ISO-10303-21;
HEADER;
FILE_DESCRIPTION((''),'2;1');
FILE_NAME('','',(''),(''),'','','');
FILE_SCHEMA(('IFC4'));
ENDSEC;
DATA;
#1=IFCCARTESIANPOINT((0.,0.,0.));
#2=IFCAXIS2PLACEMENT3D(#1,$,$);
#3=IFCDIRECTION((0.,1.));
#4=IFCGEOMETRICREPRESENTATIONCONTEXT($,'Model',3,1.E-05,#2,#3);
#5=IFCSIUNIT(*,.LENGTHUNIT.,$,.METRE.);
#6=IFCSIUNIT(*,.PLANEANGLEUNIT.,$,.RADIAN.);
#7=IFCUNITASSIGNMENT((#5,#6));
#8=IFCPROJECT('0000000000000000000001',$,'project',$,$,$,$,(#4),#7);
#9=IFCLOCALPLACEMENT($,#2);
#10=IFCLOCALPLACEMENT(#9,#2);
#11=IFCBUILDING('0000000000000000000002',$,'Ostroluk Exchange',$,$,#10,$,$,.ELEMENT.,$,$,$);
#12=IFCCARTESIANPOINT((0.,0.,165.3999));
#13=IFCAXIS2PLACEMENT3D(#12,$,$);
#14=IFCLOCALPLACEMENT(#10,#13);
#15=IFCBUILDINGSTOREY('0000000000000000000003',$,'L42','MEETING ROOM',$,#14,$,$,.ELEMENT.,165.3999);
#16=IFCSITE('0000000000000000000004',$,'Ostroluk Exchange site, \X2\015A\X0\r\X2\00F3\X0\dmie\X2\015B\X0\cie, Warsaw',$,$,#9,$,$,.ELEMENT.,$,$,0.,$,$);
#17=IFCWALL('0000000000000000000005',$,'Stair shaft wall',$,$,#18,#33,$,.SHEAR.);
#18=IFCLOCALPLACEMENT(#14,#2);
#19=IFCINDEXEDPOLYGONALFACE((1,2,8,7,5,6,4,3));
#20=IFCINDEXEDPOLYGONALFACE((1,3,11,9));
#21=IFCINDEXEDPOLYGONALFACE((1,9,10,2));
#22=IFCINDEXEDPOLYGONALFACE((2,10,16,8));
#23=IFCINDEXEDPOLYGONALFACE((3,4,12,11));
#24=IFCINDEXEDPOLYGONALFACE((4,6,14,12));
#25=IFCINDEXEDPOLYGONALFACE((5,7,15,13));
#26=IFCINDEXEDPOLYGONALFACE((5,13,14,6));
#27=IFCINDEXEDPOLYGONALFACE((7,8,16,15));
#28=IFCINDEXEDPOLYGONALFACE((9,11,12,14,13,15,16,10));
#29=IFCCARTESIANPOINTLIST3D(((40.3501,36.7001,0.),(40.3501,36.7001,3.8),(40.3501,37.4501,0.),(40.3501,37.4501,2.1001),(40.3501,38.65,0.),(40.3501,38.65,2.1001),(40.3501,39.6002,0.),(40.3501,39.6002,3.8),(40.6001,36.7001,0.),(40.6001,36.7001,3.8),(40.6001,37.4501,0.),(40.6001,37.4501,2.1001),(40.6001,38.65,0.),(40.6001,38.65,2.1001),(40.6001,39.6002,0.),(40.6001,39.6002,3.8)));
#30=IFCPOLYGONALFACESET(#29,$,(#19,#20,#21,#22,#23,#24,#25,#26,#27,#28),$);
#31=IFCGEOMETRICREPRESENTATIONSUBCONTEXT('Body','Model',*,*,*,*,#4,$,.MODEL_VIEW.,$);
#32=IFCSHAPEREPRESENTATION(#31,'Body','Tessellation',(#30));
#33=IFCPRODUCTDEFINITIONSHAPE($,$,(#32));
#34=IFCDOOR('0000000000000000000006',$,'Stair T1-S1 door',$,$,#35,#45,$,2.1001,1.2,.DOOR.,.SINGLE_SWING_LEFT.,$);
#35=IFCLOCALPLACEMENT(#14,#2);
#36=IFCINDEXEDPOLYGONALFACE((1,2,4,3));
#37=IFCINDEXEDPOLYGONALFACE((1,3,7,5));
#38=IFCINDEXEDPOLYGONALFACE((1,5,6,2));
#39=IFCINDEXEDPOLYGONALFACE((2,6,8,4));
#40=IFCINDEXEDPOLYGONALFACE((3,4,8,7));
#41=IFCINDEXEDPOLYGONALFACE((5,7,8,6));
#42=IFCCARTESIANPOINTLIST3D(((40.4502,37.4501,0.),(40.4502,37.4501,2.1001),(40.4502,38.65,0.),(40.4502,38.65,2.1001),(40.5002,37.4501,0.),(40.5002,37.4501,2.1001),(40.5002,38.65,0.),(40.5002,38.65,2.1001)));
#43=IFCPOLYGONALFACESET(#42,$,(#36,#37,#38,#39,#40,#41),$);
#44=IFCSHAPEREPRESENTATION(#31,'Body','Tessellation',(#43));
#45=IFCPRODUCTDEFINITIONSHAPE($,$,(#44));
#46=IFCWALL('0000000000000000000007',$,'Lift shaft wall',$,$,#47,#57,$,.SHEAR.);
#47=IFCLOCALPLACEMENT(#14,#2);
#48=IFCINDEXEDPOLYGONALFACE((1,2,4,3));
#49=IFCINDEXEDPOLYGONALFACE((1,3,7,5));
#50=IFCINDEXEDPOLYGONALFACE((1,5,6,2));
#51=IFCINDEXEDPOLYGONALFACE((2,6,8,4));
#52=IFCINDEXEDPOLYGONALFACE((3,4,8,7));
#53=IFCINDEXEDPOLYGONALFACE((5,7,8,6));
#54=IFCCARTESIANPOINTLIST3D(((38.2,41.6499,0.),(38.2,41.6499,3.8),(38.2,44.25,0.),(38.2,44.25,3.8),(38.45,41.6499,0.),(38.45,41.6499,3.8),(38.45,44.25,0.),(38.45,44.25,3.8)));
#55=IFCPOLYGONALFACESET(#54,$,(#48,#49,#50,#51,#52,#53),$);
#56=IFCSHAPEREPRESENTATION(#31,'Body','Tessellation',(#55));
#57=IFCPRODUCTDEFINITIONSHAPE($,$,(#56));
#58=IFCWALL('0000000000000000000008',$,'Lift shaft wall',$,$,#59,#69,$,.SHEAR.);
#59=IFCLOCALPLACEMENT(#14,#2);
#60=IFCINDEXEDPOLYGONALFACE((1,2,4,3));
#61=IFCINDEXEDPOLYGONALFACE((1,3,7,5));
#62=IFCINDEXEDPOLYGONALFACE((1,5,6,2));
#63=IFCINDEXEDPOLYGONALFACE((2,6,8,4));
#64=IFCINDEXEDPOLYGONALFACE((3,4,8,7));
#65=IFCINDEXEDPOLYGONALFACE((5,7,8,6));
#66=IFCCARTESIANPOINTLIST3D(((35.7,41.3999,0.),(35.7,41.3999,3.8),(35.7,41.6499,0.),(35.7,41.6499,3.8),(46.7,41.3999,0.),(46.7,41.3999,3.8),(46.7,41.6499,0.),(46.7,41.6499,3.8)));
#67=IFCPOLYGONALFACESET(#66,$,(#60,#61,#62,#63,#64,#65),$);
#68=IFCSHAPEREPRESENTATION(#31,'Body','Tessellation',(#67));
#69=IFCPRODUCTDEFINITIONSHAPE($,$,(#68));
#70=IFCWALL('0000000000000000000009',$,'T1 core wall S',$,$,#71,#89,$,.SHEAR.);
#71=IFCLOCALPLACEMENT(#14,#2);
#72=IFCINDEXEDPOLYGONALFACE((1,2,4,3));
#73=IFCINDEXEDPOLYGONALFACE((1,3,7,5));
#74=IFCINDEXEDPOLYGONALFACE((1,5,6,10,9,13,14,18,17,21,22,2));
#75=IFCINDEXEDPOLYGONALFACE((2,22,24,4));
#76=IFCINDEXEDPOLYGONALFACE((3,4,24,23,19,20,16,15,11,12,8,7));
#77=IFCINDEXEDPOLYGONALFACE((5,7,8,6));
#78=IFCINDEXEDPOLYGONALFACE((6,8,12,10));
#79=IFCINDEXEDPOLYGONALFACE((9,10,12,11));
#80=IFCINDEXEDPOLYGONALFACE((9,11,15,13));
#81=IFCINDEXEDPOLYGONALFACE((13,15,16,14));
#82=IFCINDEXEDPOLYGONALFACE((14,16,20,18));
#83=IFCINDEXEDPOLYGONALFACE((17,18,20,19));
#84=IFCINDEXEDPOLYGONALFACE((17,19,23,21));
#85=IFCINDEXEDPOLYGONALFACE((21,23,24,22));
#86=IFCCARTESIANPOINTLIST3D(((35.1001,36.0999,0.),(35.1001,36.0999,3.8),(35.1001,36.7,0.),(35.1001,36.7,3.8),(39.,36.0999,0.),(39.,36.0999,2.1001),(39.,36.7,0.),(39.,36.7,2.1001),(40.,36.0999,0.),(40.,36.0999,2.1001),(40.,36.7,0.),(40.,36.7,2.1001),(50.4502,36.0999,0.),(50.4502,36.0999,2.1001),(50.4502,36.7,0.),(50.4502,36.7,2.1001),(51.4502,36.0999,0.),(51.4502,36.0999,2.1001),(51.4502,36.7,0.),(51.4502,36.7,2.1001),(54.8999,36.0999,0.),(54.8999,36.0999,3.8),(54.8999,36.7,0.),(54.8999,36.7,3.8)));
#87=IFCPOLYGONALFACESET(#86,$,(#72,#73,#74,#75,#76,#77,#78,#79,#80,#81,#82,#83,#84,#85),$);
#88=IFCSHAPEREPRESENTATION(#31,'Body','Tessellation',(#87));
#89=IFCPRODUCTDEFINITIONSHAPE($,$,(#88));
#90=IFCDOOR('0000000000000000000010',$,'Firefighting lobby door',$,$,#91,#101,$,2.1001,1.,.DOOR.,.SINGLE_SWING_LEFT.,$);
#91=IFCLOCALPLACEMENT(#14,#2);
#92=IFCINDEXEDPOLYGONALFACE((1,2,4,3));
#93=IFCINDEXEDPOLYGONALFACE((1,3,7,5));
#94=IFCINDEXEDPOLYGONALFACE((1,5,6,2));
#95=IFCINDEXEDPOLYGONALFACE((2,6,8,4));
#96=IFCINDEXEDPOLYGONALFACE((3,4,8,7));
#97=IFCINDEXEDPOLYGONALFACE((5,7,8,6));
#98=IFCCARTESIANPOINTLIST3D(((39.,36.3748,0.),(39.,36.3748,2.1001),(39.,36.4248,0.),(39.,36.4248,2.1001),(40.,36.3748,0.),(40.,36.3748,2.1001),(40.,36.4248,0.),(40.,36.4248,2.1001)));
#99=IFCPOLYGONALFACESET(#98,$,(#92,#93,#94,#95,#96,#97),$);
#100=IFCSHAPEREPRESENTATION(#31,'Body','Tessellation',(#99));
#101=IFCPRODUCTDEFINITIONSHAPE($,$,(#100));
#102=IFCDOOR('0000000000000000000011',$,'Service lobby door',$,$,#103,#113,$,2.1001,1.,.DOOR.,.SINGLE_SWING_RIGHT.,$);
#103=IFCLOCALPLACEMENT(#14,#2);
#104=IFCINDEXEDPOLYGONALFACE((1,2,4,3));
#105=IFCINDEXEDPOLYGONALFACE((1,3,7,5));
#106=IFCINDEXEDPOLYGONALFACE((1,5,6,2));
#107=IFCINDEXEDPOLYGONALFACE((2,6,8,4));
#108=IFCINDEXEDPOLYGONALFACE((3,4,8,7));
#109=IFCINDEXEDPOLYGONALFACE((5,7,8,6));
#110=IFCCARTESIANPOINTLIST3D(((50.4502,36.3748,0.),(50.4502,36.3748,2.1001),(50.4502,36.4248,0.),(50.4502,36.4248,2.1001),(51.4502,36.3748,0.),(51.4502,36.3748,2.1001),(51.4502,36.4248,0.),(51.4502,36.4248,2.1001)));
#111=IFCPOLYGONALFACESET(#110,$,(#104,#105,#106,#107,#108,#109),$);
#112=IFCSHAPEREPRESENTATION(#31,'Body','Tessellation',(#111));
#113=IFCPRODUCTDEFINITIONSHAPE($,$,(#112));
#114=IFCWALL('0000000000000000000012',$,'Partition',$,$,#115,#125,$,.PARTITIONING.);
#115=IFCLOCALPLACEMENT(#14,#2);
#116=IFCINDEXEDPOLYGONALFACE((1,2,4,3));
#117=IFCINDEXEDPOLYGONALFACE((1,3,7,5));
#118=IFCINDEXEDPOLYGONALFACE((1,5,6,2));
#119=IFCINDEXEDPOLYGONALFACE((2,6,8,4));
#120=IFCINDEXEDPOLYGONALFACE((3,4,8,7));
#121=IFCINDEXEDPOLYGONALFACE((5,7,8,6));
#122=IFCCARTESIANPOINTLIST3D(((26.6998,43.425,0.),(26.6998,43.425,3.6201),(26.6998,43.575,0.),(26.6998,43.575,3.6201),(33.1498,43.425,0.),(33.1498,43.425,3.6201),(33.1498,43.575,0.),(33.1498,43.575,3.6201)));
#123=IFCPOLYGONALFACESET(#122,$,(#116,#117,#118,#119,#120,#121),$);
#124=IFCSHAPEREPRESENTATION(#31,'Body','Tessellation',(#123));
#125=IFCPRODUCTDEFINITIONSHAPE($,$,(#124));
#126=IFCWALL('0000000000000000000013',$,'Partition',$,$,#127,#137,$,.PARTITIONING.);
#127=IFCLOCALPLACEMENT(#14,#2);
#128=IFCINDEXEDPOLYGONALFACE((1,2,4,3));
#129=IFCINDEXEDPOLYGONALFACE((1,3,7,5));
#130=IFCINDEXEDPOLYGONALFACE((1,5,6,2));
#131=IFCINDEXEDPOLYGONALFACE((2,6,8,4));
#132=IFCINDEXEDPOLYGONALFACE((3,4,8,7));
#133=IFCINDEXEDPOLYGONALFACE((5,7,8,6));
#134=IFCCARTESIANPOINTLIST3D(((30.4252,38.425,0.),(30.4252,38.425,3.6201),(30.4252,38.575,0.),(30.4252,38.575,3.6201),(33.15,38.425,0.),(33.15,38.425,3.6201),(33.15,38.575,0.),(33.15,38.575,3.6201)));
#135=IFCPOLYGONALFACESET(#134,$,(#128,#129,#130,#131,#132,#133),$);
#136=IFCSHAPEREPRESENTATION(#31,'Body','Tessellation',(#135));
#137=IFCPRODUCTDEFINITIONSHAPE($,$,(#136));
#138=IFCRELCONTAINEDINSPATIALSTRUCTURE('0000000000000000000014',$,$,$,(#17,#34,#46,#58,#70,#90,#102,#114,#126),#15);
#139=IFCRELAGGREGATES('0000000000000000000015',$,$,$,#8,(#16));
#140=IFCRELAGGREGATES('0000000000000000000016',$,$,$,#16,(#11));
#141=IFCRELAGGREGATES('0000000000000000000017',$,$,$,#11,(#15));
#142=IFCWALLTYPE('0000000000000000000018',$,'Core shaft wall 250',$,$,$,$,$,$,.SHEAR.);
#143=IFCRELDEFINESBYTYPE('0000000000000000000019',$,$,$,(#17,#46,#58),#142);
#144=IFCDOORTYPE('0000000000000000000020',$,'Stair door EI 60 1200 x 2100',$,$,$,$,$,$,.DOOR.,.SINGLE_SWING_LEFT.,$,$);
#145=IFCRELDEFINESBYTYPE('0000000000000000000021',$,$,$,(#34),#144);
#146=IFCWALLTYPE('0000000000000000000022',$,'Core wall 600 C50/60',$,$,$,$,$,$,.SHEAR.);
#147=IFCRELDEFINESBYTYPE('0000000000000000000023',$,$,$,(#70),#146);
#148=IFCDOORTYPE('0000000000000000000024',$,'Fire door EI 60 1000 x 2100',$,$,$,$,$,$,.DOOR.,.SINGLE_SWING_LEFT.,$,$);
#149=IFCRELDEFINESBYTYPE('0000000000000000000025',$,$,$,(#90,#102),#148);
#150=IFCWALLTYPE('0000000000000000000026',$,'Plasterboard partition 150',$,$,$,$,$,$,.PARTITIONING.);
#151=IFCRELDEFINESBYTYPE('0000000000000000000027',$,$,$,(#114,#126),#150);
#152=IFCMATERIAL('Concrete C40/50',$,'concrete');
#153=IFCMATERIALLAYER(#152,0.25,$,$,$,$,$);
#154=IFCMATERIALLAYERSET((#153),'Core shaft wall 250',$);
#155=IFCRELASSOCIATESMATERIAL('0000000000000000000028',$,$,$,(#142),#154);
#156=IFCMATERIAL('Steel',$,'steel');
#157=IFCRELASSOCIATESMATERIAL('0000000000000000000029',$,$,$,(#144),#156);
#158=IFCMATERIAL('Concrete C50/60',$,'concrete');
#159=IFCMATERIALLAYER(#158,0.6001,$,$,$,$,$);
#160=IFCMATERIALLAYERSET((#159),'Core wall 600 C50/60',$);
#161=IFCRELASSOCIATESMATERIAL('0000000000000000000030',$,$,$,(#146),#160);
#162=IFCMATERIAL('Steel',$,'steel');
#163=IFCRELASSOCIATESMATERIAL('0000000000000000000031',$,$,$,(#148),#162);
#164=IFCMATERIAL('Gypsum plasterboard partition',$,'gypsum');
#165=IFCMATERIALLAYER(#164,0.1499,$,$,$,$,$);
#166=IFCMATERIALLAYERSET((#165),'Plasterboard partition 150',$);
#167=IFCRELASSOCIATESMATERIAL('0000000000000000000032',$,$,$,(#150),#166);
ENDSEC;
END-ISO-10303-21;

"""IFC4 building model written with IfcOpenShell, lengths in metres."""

from ifc_helpers import new_model, si_unit, direction, frame, frame_2d, origin, place, context, subcontext, project, spatial, rectangle, extrude, material, layer, layer_set, type_object, element, fill, save


model = new_model("IFC4")

# Units and contexts
model_context = context("Model", 3, precision=1e-05, world=origin(), true_north=direction((0.0, 1.0)))
body_context = subcontext(model_context, "Body", "Model", "MODEL_VIEW")
ifc_project = project(units=[si_unit("LENGTHUNIT", "METRE"), si_unit("PLANEANGLEUNIT", "RADIAN")], contexts=[model_context])

# Site, building, storey
site_placement = place(None, origin())
site = spatial("IfcSite", under=ifc_project, at=site_placement, Name="Ostroluk Exchange site, Śródmieście, Warsaw", CompositionType="ELEMENT", RefElevation=0.0)
building_placement = place(site_placement, origin())
building = spatial("IfcBuilding", under=site, at=building_placement, Name="Ostroluk Exchange", CompositionType="ELEMENT")
storey_placement = place(building_placement, frame((0.0, 0.0, 165.3999)))
storey = spatial("IfcBuildingStorey", under=building, at=storey_placement, Name="L42", Description="MEETING ROOM", CompositionType="ELEMENT", Elevation=165.3999)

# Wall, opening, door
ifc_material_1 = material(Name="Concrete C40/50", Category="concrete")
ifc_layer_1 = layer(ifc_material_1, 0.25)
ifc_layer_set_1 = layer_set([ifc_layer_1], Name="Core shaft wall 250")
wall_type_1 = type_object("IfcWallType", Name="Core shaft wall 250", PredefinedType="SHEAR", material=ifc_layer_set_1)
wall_1_placement = place(storey_placement, frame((40.4751, 36.7, 0.0), z_axis=(0.0, 0.0, 1.0), x_axis=(0.0, 1.0, 0.0)))
wall_1 = element("IfcWall", 1, at=wall_1_placement, inside=storey, type_object=wall_type_1, Name="Stair shaft wall", PredefinedType="SHEAR", context=body_context, shape_type="SweptSolid", body=[
    extrude(rectangle(XDim=2.9001, YDim=0.25, at=frame_2d((1.4502, 0.0))), origin(), (0.0, 0.0, 1.0), 3.8),
])
opening_1_placement = place(wall_1_placement, frame((0.75, 0.0, 0.0)))
opening_1 = element("IfcOpeningElement", 2, at=opening_1_placement, cuts=wall_1, PredefinedType="OPENING", context=body_context, shape_type="SweptSolid", body=[
    extrude(rectangle(XDim=1.2, YDim=2.1001, at=frame_2d((0.6001, 1.05))), frame((0.0, 0.135, 0.0), z_axis=(0.0, -1.0, 0.0), x_axis=(1.0, 0.0, 0.0)), (0.0, 0.0, 1.0), 0.27),
])
ifc_material_2 = material(Name="Steel", Category="steel")
door_type_1 = type_object("IfcDoorType", Name="Stair door EI 60 1200 x 2100", OperationType="SINGLE_SWING_LEFT", PredefinedType="DOOR", material=ifc_material_2)
door_1_placement = place(opening_1_placement, origin())
door_1 = element("IfcDoor", 3, at=door_1_placement, inside=storey, type_object=door_type_1, Name="Stair T1-S1 door", OperationType="SINGLE_SWING_LEFT", OverallHeight=2.1001, OverallWidth=1.2, PredefinedType="DOOR", context=body_context, shape_type="SweptSolid", body=[
    extrude(rectangle(XDim=1.2, YDim=2.1001, at=frame_2d((0.6001, 1.05))), frame((0.0, 0.0249, 0.0), z_axis=(0.0, -1.0, 0.0), x_axis=(1.0, 0.0, 0.0)), (0.0, 0.0, 1.0), 0.05),
])
fill(opening_1, door_1)

# Walls
wall_2_placement = place(storey_placement, frame((38.325, 44.25, 0.0), z_axis=(0.0, 0.0, 1.0), x_axis=(0.0, -1.0, 0.0)))
element("IfcWall", 4, at=wall_2_placement, inside=storey, type_object=wall_type_1, Name="Lift shaft wall", PredefinedType="SHEAR", context=body_context, shape_type="SweptSolid", body=[
    extrude(rectangle(XDim=2.6001, YDim=0.25, at=frame_2d((1.3, 0.0))), origin(), (0.0, 0.0, 1.0), 3.8),
])
wall_3_placement = place(storey_placement, frame((35.7, 41.5249, 0.0), z_axis=(0.0, 0.0, 1.0), x_axis=(1.0, 0.0, 0.0)))
element("IfcWall", 5, at=wall_3_placement, inside=storey, type_object=wall_type_1, Name="Lift shaft wall", PredefinedType="SHEAR", context=body_context, shape_type="SweptSolid", body=[
    extrude(rectangle(XDim=11.0, YDim=0.25, at=frame_2d((5.5, 0.0))), origin(), (0.0, 0.0, 1.0), 3.8),
])

# Wall, openings, doors
ifc_material_3 = material(Name="Concrete C50/60", Category="concrete")
ifc_layer_2 = layer(ifc_material_3, 0.6001)
ifc_layer_set_2 = layer_set([ifc_layer_2], Name="Core wall 600 C50/60")
wall_type_2 = type_object("IfcWallType", Name="Core wall 600 C50/60", PredefinedType="SHEAR", material=ifc_layer_set_2)
wall_4_placement = place(storey_placement, frame((35.1001, 36.3999, 0.0), z_axis=(0.0, 0.0, 1.0), x_axis=(1.0, 0.0, 0.0)))
wall_4 = element("IfcWall", 6, at=wall_4_placement, inside=storey, type_object=wall_type_2, Name="T1 core wall S", PredefinedType="SHEAR", context=body_context, shape_type="SweptSolid", body=[
    extrude(rectangle(XDim=19.7998, YDim=0.6001, at=frame_2d((9.8999, 0.0))), origin(), (0.0, 0.0, 1.0), 3.8),
])
opening_2_placement = place(wall_4_placement, frame((3.8999, 0.0, 0.0)))
opening_2 = element("IfcOpeningElement", 7, at=opening_2_placement, cuts=wall_4, PredefinedType="OPENING", context=body_context, shape_type="SweptSolid", body=[
    extrude(rectangle(XDim=1.0, YDim=2.1001, at=frame_2d((0.5, 1.05))), frame((0.0, 0.3101, 0.0), z_axis=(0.0, -1.0, 0.0), x_axis=(1.0, 0.0, 0.0)), (0.0, 0.0, 1.0), 0.6201),
])
opening_3_placement = place(wall_4_placement, frame((15.3501, 0.0, 0.0)))
opening_3 = element("IfcOpeningElement", 8, at=opening_3_placement, cuts=wall_4, PredefinedType="OPENING", context=body_context, shape_type="SweptSolid", body=[
    extrude(rectangle(XDim=1.0, YDim=2.1001, at=frame_2d((0.5, 1.05))), frame((0.0, 0.3101, 0.0), z_axis=(0.0, -1.0, 0.0), x_axis=(1.0, 0.0, 0.0)), (0.0, 0.0, 1.0), 0.6201),
])
ifc_material_4 = material(Name="Steel", Category="steel")
door_type_2 = type_object("IfcDoorType", Name="Fire door EI 60 1000 x 2100", OperationType="SINGLE_SWING_LEFT", PredefinedType="DOOR", material=ifc_material_4)
door_2_placement = place(opening_2_placement, origin())
door_2 = element("IfcDoor", 9, at=door_2_placement, inside=storey, type_object=door_type_2, Name="Firefighting lobby door", OperationType="SINGLE_SWING_LEFT", OverallHeight=2.1001, OverallWidth=1.0, PredefinedType="DOOR", context=body_context, shape_type="SweptSolid", body=[
    extrude(rectangle(XDim=1.0, YDim=2.1001, at=frame_2d((0.5, 1.05))), frame((0.0, 0.0249, 0.0), z_axis=(0.0, -1.0, 0.0), x_axis=(1.0, 0.0, 0.0)), (0.0, 0.0, 1.0), 0.05),
])
fill(opening_2, door_2)
door_3_placement = place(opening_3_placement, origin())
door_3 = element("IfcDoor", 10, at=door_3_placement, inside=storey, type_object=door_type_2, Name="Service lobby door", OperationType="SINGLE_SWING_RIGHT", OverallHeight=2.1001, OverallWidth=1.0, PredefinedType="DOOR", context=body_context, shape_type="SweptSolid", body=[
    extrude(rectangle(XDim=1.0, YDim=2.1001, at=frame_2d((0.5, 1.05))), frame((0.0, 0.0249, 0.0), z_axis=(0.0, -1.0, 0.0), x_axis=(1.0, 0.0, 0.0)), (0.0, 0.0, 1.0), 0.05),
])
fill(opening_3, door_3)

# Walls
ifc_material_5 = material(Name="Gypsum plasterboard partition", Category="gypsum")
ifc_layer_3 = layer(ifc_material_5, 0.1499)
ifc_layer_set_3 = layer_set([ifc_layer_3], Name="Plasterboard partition 150")
wall_type_3 = type_object("IfcWallType", Name="Plasterboard partition 150", PredefinedType="PARTITIONING", material=ifc_layer_set_3)
wall_5_placement = place(storey_placement, frame((33.1499, 43.5, 0.0), z_axis=(0.0, 0.0, 1.0), x_axis=(-1.0, 0.0, 0.0)))
element("IfcWall", 11, at=wall_5_placement, inside=storey, type_object=wall_type_3, Name="Partition", PredefinedType="PARTITIONING", context=body_context, shape_type="SweptSolid", body=[
    extrude(rectangle(XDim=6.45, YDim=0.1499, at=frame_2d((3.2251, 0.0))), origin(), (0.0, 0.0, 1.0), 3.6201),
])
wall_6_placement = place(storey_placement, frame((33.1499, 38.5, 0.0), z_axis=(0.0, 0.0, 1.0), x_axis=(-1.0, 0.0, 0.0)))
element("IfcWall", 12, at=wall_6_placement, inside=storey, type_object=wall_type_3, Name="Partition", PredefinedType="PARTITIONING", context=body_context, shape_type="SweptSolid", body=[
    extrude(rectangle(XDim=2.7249, YDim=0.1499, at=frame_2d((1.3623, 0.0))), origin(), (0.0, 0.0, 1.0), 3.6201),
])

save(model, "model.ifc")
